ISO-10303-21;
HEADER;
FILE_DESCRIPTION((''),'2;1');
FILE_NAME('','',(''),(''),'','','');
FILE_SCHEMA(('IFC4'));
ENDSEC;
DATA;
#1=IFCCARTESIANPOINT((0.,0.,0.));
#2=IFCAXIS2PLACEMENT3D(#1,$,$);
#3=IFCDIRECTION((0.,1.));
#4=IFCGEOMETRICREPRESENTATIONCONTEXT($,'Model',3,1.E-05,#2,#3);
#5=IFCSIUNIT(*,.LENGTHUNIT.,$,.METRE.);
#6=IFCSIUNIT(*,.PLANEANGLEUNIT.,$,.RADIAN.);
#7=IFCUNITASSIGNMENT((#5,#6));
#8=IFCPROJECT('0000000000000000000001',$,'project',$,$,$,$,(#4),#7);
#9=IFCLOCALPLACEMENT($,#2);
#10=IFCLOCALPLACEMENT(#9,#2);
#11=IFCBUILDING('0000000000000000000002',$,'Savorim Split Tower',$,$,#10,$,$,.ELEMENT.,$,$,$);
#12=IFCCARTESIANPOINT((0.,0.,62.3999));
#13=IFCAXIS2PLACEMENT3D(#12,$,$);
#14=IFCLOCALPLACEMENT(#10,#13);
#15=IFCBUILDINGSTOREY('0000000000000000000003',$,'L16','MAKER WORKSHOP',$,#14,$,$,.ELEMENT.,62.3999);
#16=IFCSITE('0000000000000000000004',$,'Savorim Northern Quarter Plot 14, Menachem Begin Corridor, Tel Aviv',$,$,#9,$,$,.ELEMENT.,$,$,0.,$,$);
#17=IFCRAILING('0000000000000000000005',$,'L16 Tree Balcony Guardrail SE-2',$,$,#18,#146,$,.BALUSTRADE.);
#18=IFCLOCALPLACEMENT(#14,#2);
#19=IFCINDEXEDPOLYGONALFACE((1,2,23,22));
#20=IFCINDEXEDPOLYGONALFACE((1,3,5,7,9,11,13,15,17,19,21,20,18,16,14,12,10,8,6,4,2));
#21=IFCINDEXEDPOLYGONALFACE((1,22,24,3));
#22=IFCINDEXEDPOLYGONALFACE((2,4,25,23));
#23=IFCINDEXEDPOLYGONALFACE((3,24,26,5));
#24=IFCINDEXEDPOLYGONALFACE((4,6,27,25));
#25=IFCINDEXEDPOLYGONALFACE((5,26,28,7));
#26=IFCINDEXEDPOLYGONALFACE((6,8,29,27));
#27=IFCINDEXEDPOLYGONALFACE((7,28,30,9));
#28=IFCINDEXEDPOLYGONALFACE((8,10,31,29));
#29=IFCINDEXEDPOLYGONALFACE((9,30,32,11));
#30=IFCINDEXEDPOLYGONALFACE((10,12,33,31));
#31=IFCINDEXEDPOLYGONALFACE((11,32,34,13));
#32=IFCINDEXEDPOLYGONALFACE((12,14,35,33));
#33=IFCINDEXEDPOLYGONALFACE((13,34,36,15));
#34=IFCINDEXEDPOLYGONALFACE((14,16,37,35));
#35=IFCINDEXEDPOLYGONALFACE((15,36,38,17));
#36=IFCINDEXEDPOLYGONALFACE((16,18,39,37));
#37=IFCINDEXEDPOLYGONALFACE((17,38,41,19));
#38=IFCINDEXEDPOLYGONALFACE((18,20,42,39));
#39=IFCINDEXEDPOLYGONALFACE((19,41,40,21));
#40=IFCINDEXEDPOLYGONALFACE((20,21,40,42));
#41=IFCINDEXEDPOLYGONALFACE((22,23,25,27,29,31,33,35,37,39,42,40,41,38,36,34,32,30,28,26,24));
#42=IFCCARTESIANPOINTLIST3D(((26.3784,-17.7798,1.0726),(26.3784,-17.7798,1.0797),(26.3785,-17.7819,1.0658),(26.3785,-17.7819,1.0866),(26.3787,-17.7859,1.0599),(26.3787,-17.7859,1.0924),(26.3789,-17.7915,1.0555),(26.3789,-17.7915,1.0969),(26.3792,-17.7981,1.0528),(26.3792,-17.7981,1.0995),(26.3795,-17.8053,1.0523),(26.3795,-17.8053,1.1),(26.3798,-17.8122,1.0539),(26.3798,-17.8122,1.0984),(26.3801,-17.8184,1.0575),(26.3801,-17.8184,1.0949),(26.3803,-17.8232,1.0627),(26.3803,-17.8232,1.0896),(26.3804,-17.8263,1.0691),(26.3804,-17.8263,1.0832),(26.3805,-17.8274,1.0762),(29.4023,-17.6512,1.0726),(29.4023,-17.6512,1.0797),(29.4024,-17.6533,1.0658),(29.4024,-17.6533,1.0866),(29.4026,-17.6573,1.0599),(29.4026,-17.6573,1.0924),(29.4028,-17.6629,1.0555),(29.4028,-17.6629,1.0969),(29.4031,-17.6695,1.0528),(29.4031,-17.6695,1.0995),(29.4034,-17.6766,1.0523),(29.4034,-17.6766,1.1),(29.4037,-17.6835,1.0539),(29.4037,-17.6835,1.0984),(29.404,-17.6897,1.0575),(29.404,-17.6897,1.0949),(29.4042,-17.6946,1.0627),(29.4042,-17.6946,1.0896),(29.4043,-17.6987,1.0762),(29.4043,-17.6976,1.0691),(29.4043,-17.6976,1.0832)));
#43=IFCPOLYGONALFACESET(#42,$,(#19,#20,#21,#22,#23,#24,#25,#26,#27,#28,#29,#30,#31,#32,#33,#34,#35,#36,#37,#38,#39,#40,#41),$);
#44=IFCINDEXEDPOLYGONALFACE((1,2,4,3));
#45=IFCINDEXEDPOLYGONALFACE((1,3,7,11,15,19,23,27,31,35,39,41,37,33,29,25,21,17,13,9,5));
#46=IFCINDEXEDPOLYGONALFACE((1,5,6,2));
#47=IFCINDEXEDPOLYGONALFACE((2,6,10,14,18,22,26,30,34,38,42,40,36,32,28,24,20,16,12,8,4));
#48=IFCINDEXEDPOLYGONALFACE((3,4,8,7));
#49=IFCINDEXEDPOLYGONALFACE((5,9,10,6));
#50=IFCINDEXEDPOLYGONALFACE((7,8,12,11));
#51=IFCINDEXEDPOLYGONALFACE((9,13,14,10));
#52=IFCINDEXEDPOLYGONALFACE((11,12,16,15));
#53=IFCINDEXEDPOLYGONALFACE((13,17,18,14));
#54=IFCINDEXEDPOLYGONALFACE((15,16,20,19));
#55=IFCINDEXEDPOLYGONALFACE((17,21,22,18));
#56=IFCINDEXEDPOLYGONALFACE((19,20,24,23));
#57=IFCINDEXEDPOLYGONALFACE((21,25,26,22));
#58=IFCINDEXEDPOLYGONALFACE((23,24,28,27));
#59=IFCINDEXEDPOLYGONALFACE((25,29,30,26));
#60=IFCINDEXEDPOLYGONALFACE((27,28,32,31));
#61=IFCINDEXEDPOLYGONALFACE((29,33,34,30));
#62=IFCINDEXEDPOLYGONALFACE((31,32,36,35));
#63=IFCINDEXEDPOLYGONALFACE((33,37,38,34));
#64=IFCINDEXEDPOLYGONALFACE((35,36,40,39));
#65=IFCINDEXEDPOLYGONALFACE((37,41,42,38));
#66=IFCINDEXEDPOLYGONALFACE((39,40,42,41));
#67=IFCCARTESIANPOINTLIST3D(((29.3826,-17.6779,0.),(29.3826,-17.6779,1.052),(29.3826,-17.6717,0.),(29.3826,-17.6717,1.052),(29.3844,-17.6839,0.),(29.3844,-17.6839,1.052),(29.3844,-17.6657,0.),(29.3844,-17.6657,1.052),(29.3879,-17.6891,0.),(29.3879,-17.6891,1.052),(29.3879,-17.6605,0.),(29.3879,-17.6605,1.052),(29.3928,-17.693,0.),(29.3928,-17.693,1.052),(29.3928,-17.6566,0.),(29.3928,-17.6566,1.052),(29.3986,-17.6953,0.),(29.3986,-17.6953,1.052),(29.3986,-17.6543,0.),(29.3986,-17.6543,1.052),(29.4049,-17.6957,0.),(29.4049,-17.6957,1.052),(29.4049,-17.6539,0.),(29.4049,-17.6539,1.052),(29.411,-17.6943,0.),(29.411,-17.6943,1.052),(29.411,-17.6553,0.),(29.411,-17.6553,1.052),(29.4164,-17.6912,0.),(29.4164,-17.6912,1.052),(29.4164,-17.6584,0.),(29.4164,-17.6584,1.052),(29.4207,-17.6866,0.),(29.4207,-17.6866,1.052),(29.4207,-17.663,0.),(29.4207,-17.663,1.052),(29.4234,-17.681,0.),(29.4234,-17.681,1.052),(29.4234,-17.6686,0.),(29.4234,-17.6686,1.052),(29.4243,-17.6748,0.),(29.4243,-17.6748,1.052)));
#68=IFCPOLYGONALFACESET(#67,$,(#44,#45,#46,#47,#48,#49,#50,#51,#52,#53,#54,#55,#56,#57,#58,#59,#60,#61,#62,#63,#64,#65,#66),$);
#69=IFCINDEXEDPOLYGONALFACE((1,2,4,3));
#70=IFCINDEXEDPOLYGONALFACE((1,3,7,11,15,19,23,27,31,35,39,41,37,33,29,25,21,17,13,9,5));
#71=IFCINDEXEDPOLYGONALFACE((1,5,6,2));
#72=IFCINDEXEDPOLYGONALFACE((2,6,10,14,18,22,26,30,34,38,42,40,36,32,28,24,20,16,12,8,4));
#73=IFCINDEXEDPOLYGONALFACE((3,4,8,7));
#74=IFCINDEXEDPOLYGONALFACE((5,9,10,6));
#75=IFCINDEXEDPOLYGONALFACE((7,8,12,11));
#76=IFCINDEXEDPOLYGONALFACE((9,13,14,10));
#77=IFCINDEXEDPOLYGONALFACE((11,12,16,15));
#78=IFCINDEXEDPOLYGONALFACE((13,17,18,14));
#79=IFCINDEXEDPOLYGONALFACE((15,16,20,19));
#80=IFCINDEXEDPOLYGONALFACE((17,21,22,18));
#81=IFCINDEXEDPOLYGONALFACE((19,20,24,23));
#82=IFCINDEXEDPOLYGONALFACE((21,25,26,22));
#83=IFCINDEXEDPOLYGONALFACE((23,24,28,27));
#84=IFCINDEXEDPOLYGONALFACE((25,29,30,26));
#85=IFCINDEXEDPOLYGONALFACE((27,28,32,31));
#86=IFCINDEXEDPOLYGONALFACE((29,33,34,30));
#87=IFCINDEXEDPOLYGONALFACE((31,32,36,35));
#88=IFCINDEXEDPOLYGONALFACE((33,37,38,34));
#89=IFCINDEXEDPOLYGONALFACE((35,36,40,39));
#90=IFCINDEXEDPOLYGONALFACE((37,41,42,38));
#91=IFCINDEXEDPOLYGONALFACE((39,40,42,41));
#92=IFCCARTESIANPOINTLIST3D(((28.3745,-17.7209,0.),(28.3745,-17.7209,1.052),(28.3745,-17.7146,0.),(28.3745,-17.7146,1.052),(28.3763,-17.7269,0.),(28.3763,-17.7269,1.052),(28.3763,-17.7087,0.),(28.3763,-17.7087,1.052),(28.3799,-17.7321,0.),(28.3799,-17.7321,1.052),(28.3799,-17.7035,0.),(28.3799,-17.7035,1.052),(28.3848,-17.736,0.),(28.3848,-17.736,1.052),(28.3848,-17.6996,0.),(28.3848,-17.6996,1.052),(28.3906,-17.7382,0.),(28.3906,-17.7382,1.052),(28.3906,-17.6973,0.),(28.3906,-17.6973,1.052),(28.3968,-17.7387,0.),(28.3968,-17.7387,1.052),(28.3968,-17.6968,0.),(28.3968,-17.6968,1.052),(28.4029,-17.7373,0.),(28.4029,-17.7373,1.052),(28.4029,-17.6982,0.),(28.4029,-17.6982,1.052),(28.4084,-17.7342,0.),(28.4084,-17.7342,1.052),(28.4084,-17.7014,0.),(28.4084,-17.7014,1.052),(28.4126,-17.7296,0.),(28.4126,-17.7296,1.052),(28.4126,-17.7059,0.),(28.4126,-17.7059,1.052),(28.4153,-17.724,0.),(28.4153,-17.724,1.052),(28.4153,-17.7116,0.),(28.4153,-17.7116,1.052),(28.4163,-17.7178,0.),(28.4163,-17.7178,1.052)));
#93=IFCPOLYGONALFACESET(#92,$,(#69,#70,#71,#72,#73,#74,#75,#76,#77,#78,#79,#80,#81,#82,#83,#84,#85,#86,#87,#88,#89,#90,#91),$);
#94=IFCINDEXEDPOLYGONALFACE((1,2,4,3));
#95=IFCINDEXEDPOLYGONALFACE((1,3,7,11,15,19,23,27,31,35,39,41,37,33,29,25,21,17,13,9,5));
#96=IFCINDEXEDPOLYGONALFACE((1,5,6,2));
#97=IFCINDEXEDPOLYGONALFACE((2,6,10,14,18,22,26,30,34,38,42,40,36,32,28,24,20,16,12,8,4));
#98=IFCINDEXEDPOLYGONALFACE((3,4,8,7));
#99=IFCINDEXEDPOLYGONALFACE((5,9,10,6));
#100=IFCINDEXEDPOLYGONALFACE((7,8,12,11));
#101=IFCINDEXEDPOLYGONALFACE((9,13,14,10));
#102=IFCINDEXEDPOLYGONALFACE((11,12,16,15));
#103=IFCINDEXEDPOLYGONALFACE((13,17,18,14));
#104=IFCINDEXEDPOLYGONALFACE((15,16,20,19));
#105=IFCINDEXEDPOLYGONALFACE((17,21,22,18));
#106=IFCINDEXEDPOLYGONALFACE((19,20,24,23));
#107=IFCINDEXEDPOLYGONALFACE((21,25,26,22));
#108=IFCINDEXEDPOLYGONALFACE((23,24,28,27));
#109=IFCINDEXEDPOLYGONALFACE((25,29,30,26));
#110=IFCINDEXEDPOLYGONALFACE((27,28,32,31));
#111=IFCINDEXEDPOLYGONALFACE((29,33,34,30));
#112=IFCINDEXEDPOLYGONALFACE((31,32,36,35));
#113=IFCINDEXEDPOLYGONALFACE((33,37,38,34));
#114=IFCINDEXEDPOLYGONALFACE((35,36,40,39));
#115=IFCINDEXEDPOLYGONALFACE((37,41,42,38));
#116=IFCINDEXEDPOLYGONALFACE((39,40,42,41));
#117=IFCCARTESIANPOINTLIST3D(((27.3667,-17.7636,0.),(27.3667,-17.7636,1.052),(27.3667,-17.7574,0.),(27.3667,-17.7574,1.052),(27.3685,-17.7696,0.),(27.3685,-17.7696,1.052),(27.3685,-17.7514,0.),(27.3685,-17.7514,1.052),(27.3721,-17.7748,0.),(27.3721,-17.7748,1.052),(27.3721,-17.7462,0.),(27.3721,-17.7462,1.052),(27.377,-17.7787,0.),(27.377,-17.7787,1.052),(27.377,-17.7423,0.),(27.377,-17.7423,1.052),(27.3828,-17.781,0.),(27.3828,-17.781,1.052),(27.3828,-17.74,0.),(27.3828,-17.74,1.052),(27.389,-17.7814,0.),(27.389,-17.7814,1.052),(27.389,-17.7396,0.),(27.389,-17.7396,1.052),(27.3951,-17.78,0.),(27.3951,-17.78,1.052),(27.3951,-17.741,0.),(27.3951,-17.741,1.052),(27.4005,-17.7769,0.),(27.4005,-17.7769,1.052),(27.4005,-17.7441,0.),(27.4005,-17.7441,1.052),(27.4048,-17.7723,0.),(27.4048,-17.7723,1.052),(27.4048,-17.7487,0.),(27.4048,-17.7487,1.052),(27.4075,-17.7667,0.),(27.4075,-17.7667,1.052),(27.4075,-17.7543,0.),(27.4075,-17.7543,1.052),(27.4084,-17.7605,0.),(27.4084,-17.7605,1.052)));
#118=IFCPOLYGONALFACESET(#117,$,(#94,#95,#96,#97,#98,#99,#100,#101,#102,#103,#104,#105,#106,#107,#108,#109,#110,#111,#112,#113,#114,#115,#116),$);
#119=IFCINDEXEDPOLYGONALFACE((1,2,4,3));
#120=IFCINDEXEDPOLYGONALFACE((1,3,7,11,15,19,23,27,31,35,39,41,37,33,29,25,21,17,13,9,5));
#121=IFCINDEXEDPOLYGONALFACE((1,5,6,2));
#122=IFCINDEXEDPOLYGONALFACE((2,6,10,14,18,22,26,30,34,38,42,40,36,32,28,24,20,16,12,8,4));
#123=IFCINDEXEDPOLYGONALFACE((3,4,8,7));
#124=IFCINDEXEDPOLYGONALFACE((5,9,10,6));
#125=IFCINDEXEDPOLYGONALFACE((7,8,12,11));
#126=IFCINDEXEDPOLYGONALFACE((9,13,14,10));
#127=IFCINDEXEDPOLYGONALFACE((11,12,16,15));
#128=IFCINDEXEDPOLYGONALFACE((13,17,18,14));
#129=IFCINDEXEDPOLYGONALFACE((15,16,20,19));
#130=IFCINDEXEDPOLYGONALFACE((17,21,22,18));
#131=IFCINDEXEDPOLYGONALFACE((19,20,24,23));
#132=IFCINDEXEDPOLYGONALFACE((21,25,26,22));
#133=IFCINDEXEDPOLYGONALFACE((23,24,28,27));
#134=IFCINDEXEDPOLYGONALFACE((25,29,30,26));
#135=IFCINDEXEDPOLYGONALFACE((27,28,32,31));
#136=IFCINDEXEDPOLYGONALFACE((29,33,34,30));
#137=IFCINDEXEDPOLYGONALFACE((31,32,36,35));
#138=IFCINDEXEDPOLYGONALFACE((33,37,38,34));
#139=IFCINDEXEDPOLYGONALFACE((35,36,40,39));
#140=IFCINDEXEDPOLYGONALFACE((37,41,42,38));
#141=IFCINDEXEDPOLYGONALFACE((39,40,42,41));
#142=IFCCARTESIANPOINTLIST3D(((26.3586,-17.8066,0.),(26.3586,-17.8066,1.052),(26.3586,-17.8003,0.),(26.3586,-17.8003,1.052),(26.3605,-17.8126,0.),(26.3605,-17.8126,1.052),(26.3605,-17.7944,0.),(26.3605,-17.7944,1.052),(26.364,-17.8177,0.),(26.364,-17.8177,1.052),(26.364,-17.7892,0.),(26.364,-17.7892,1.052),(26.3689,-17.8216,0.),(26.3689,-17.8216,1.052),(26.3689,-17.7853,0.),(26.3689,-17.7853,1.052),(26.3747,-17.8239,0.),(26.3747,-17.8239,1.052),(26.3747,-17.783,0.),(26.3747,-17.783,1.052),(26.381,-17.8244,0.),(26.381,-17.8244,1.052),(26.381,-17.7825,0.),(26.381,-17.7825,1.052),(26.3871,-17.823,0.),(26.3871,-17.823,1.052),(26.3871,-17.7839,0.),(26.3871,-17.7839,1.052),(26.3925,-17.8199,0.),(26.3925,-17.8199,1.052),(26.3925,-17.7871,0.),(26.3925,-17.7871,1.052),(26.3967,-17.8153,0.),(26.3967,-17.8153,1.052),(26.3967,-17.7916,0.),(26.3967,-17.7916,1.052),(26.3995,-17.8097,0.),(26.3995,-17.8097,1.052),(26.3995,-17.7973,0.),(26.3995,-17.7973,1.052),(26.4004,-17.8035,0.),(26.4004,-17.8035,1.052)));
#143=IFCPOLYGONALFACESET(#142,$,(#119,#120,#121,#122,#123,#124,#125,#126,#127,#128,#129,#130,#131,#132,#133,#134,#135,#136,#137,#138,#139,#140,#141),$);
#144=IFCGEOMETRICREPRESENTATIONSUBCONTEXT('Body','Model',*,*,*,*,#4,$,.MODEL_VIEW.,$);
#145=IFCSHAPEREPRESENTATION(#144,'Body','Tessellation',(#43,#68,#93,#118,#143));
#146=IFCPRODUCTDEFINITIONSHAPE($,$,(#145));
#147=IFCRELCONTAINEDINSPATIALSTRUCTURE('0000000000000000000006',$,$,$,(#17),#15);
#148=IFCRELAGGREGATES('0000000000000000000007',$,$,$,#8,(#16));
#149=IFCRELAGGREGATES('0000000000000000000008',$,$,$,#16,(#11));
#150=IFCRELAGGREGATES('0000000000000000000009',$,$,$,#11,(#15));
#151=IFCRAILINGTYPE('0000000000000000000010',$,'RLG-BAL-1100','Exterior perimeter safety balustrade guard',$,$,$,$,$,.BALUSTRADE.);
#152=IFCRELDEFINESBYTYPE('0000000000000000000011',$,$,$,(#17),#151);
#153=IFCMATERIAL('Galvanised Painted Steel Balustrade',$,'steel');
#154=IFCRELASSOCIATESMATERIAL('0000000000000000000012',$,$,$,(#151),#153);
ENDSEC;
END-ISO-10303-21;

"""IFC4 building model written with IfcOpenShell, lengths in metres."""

from ifc_helpers import new_model, si_unit, direction, frame, origin, origin_2d, place, context, subcontext, project, spatial, circle, extrude, material, type_object, element, save


model = new_model("IFC4")

# Units and contexts
model_context = context("Model", 3, precision=1e-05, world=origin(), true_north=direction((0.0, 1.0)))
body_context = subcontext(model_context, "Body", "Model", "MODEL_VIEW")
ifc_project = project(units=[si_unit("LENGTHUNIT", "METRE"), si_unit("PLANEANGLEUNIT", "RADIAN")], contexts=[model_context])

# Site, building, storey
site_placement = place(None, origin())
site = spatial("IfcSite", under=ifc_project, at=site_placement, Name="Savorim Northern Quarter Plot 14, Menachem Begin Corridor, Tel Aviv", CompositionType="ELEMENT", RefElevation=0.0)
building_placement = place(site_placement, origin())
building = spatial("IfcBuilding", under=site, at=building_placement, Name="Savorim Split Tower", CompositionType="ELEMENT")
storey_placement = place(building_placement, frame((0.0, 0.0, 62.3999)))
storey = spatial("IfcBuildingStorey", under=building, at=storey_placement, Name="L16", Description="MAKER WORKSHOP", CompositionType="ELEMENT", Elevation=62.3999)

# Railing
ifc_material_1 = material(Name="Galvanised Painted Steel Balustrade", Category="steel")
railing_type = type_object("IfcRailingType", Name="RLG-BAL-1100", Description="Exterior perimeter safety balustrade guard", PredefinedType="BALUSTRADE", material=ifc_material_1)
railing_1_placement = place(storey_placement, frame((29.4033, -17.6748, 0.0)))
element("IfcRailing", 1, at=railing_1_placement, inside=storey, type_object=railing_type, Name="L16 Tree Balcony Guardrail SE-2", PredefinedType="BALUSTRADE", context=body_context, shape_type="SweptSolid", body=[
    extrude(circle(Radius=0.0239, at=origin_2d()), frame((0.0, 0.0, 1.0762), z_axis=(-0.999096, -0.04251, 0.0), x_axis=(0.04251, -0.999096, 0.0)), (0.0, 0.0, 1.0), 3.0266),
    extrude(circle(Radius=0.021, at=origin_2d()), origin(), (0.0, 0.0, 1.0), 1.052),
    extrude(circle(Radius=0.021, at=origin_2d()), frame((-1.0081, -0.043, 0.0)), (0.0, 0.0, 1.0), 1.052),
    extrude(circle(Radius=0.021, at=origin_2d()), frame((-2.0159, -0.0857, 0.0)), (0.0, 0.0, 1.0), 1.052),
    extrude(circle(Radius=0.021, at=origin_2d()), frame((-3.0239, -0.1287, 0.0)), (0.0, 0.0, 1.0), 1.052),
])

save(model, "model.ifc")
